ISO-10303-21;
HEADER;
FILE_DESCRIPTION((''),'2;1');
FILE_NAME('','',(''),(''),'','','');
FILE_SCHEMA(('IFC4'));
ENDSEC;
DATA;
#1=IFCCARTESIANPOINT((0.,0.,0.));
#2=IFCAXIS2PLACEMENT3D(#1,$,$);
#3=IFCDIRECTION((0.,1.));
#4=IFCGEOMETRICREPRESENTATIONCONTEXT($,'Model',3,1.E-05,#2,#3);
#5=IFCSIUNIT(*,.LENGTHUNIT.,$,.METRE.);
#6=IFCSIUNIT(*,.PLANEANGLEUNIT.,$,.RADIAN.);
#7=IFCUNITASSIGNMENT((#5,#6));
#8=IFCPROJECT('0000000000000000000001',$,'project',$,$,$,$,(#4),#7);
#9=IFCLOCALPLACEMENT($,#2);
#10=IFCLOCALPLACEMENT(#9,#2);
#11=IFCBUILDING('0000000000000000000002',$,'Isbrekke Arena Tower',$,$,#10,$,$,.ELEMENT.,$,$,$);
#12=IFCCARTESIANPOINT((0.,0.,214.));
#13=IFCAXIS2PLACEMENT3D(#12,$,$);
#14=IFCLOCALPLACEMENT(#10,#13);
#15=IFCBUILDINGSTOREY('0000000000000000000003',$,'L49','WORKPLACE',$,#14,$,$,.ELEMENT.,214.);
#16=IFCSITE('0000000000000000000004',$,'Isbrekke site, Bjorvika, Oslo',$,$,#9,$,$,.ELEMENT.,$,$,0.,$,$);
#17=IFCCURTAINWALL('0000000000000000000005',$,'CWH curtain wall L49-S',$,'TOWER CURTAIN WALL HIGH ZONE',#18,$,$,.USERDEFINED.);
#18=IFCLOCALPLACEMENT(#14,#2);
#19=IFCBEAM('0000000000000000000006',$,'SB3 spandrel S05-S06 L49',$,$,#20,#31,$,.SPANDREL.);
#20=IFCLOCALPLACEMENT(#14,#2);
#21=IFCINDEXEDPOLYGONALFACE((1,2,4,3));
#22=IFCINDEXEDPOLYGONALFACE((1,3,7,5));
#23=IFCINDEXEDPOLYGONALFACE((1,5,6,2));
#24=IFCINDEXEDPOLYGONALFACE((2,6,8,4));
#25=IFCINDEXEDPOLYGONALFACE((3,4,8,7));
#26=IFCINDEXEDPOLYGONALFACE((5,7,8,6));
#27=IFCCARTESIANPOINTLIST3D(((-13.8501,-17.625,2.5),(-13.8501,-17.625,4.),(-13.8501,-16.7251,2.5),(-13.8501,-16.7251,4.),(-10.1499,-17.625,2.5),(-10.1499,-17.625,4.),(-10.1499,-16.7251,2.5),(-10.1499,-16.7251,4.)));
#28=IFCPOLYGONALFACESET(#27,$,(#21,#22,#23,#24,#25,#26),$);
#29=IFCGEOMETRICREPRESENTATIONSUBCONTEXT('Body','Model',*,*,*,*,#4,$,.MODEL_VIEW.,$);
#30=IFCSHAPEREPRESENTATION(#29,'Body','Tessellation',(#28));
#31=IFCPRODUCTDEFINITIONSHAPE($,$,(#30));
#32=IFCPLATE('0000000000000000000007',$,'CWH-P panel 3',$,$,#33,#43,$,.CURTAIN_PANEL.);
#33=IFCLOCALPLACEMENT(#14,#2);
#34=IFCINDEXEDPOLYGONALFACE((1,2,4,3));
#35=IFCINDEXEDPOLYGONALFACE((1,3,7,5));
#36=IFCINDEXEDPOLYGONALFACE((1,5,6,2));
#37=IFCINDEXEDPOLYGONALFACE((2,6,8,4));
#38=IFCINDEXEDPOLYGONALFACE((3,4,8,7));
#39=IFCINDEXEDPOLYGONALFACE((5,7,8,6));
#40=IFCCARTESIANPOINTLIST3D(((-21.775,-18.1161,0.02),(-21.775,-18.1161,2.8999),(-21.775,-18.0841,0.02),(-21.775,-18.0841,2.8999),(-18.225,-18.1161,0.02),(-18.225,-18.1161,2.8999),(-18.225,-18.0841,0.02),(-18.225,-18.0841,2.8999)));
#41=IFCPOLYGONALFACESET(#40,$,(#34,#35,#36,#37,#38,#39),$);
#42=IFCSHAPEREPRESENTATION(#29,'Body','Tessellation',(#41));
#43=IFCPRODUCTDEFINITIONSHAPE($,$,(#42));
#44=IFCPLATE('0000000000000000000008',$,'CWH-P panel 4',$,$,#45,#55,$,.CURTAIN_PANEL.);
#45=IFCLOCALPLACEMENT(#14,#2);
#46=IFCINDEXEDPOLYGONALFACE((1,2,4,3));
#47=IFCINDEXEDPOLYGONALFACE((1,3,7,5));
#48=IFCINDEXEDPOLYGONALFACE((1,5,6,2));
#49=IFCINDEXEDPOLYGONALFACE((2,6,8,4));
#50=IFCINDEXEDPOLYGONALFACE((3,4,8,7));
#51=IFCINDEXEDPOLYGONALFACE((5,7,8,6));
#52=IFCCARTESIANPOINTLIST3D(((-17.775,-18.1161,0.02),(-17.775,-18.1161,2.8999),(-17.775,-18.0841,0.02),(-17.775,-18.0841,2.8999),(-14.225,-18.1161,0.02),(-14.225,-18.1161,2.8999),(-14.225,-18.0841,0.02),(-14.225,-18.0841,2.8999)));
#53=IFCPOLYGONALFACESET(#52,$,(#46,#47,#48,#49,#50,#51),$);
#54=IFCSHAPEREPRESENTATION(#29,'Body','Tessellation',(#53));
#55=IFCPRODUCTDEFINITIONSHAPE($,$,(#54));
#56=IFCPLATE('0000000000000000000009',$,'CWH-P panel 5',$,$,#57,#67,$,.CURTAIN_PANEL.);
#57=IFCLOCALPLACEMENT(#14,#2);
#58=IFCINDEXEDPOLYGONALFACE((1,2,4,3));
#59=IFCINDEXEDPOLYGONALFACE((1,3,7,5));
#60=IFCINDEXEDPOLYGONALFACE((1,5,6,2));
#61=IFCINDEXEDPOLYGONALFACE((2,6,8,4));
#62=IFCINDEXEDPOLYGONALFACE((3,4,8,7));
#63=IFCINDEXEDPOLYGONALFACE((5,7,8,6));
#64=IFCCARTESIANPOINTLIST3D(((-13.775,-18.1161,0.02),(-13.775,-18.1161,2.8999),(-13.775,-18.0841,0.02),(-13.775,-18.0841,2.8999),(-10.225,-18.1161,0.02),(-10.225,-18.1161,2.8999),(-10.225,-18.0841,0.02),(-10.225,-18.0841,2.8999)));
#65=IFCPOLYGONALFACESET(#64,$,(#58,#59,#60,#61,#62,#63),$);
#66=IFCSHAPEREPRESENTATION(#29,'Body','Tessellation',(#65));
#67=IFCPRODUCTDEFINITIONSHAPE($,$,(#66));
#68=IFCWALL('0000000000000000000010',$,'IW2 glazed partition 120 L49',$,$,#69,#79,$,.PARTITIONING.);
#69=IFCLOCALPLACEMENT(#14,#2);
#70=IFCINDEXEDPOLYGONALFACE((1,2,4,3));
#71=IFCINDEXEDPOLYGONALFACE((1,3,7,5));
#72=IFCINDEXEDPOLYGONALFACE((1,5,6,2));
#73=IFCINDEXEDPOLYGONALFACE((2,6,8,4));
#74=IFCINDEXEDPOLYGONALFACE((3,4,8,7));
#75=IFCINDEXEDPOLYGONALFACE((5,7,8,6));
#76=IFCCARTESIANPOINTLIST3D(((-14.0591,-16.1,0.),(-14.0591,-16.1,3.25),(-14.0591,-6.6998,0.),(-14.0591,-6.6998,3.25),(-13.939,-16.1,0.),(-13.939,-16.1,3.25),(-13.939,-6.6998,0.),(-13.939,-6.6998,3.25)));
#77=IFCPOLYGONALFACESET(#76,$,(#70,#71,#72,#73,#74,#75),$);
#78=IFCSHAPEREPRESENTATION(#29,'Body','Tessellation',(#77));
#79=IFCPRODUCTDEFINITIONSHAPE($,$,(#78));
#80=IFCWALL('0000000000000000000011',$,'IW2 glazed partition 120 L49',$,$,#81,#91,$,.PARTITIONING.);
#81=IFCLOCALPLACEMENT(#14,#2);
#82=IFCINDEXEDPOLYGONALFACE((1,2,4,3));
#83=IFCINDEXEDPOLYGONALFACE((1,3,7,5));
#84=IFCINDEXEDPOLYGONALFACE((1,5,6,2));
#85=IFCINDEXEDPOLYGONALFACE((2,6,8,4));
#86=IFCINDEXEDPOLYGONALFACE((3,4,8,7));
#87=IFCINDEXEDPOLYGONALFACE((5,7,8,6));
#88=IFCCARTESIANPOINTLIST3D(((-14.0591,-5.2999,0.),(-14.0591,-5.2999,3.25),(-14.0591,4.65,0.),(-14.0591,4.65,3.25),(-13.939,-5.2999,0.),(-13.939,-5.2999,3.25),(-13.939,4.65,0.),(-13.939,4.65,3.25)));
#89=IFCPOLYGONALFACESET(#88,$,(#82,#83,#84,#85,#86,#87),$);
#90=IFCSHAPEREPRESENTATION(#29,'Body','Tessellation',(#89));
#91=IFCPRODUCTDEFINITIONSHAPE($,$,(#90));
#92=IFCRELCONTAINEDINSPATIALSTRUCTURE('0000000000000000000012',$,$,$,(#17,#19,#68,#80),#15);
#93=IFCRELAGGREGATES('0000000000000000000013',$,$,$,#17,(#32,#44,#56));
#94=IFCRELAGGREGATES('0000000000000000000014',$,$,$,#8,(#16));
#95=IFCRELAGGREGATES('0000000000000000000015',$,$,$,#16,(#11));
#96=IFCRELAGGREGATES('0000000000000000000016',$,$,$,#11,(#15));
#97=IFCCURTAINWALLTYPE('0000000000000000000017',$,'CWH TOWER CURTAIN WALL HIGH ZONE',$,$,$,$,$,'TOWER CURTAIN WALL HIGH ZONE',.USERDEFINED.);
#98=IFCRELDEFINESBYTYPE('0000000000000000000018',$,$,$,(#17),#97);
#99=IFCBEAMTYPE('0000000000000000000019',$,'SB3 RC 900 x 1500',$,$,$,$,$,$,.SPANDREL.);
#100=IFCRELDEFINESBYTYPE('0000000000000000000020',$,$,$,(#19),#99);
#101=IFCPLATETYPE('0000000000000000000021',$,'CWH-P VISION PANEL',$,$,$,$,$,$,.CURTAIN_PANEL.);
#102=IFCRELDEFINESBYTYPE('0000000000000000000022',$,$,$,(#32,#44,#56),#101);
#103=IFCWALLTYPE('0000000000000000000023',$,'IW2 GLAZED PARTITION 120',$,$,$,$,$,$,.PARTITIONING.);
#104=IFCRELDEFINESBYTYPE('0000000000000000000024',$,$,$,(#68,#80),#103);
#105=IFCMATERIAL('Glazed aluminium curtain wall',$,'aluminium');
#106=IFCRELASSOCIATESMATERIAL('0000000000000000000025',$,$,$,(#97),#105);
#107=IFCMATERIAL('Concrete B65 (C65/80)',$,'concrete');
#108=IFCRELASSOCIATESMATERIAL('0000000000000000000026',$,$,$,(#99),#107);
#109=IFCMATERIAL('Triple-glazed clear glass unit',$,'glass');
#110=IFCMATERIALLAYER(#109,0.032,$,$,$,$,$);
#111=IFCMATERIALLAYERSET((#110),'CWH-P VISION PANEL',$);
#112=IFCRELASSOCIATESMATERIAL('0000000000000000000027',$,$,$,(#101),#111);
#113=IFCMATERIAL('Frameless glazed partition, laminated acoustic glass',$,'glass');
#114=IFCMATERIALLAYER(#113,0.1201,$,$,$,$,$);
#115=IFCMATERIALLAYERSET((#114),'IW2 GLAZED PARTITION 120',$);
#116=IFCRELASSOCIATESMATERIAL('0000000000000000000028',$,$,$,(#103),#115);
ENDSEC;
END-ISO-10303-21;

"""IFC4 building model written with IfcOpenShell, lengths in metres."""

from ifc_helpers import new_model, si_unit, direction, frame, frame_2d, origin, origin_2d, place, context, subcontext, project, spatial, rectangle, extrude, material, layer, layer_set, material_profile, profile_set, type_object, element, aggregate, save


model = new_model("IFC4")

# Units and contexts
model_context = context("Model", 3, precision=1e-05, world=origin(), true_north=direction((0.0, 1.0)))
body_context = subcontext(model_context, "Body", "Model", "MODEL_VIEW")
ifc_project = project(units=[si_unit("LENGTHUNIT", "METRE"), si_unit("PLANEANGLEUNIT", "RADIAN")], contexts=[model_context])

# Site, building, storey
site_placement = place(None, origin())
site = spatial("IfcSite", under=ifc_project, at=site_placement, Name="Isbrekke site, Bjorvika, Oslo", CompositionType="ELEMENT", RefElevation=0.0)
building_placement = place(site_placement, origin())
building = spatial("IfcBuilding", under=site, at=building_placement, Name="Isbrekke Arena Tower", CompositionType="ELEMENT")
storey_placement = place(building_placement, frame((0.0, 0.0, 214.0)))
storey = spatial("IfcBuildingStorey", under=building, at=storey_placement, Name="L49", Description="WORKPLACE", CompositionType="ELEMENT", Elevation=214.0)

# Curtain wall
ifc_material_1 = material(Name="Glazed aluminium curtain wall", Category="aluminium")
curtain_wall_type = type_object("IfcCurtainWallType", Name="CWH TOWER CURTAIN WALL HIGH ZONE", ElementType="TOWER CURTAIN WALL HIGH ZONE", PredefinedType="USERDEFINED", material=ifc_material_1)
curtain_wall_placement = place(storey_placement, origin())
curtain_wall = element("IfcCurtainWall", 1, at=curtain_wall_placement, inside=storey, type_object=curtain_wall_type, Name="CWH curtain wall L49-S", ObjectType="TOWER CURTAIN WALL HIGH ZONE", PredefinedType="USERDEFINED")

# Beam
ifc_material_2 = material(Name="Concrete B65 (C65/80)", Category="concrete")
ifc_material_profile_1 = material_profile(ifc_material_2, rectangle(XDim=0.8999, YDim=1.5, at=origin_2d()), Name="RC 900x1500")
ifc_profile_set_1 = profile_set([ifc_material_profile_1], Name="Concrete B65 (C65/80)")
beam_type_1 = type_object("IfcBeamType", Name="SB3 RC 900 x 1500", PredefinedType="SPANDREL", material=ifc_profile_set_1)
for number, where, z_axis, x_axis, name in (
    (2, (-13.8501, -17.175, 3.25), (1.0, 0.0, 0.0), (0.0, 1.0, 0.0), "SB3 spandrel S05-S06 L49"),
):
    element("IfcBeam", number, at=place(storey_placement, frame(where, z_axis=z_axis, x_axis=x_axis)), inside=storey, type_object=beam_type_1, Name=name, PredefinedType="SPANDREL", context=body_context, shape_type="SweptSolid", body=[
        extrude(rectangle(XDim=0.8999, YDim=1.5, at=origin_2d()), origin(), (0.0, 0.0, 1.0), 3.7002),
    ])

# Plates
ifc_material_3 = material(Name="Triple-glazed clear glass unit", Category="glass")
ifc_layer_1 = layer(ifc_material_3, 0.032)
ifc_layer_set_1 = layer_set([ifc_layer_1], Name="CWH-P VISION PANEL")
plate_type = type_object("IfcPlateType", Name="CWH-P VISION PANEL", PredefinedType="CURTAIN_PANEL", material=ifc_layer_set_1)
plate_1_placement = place(storey_placement, frame((-20.0, -18.1001, 0.02), z_axis=(0.0, 0.0, 1.0), x_axis=(1.0, 0.0, 0.0)))
plate_1 = element("IfcPlate", 3, at=plate_1_placement, type_object=plate_type, Name="CWH-P panel 3", PredefinedType="CURTAIN_PANEL", context=body_context, shape_type="SweptSolid", body=[
    extrude(rectangle(XDim=3.55, YDim=0.032, at=origin_2d()), origin(), (0.0, 0.0, 1.0), 2.8799),
])
plate_2_placement = place(storey_placement, frame((-16.0, -18.1001, 0.02), z_axis=(0.0, 0.0, 1.0), x_axis=(1.0, 0.0, 0.0)))
plate_2 = element("IfcPlate", 4, at=plate_2_placement, type_object=plate_type, Name="CWH-P panel 4", PredefinedType="CURTAIN_PANEL", context=body_context, shape_type="SweptSolid", body=[
    extrude(rectangle(XDim=3.55, YDim=0.032, at=origin_2d()), origin(), (0.0, 0.0, 1.0), 2.8799),
])
plate_3_placement = place(storey_placement, frame((-12.0, -18.1001, 0.02), z_axis=(0.0, 0.0, 1.0), x_axis=(1.0, 0.0, 0.0)))
plate_3 = element("IfcPlate", 5, at=plate_3_placement, type_object=plate_type, Name="CWH-P panel 5", PredefinedType="CURTAIN_PANEL", context=body_context, shape_type="SweptSolid", body=[
    extrude(rectangle(XDim=3.55, YDim=0.032, at=origin_2d()), origin(), (0.0, 0.0, 1.0), 2.8799),
])
aggregate(curtain_wall, [plate_1, plate_2, plate_3])

# Shared definitions
ifc_material_4 = material(Name="Frameless glazed partition, laminated acoustic glass", Category="glass")
ifc_layer_2 = layer(ifc_material_4, 0.1201)
ifc_layer_set_2 = layer_set([ifc_layer_2], Name="IW2 GLAZED PARTITION 120")
wall_type = type_object("IfcWallType", Name="IW2 GLAZED PARTITION 120", PredefinedType="PARTITIONING", material=ifc_layer_set_2)

# Walls
wall_1_placement = place(storey_placement, frame((-13.999, -16.1001, 0.0), z_axis=(0.0, 0.0, 1.0), x_axis=(0.0, 1.0, 0.0)))
element("IfcWall", 6, at=wall_1_placement, inside=storey, type_object=wall_type, Name="IW2 glazed partition 120 L49", PredefinedType="PARTITIONING", context=body_context, shape_type="SweptSolid", body=[
    extrude(rectangle(XDim=9.4001, YDim=0.1201, at=frame_2d((4.7002, 0.0))), origin(), (0.0, 0.0, 1.0), 3.25),
])
wall_2_placement = place(storey_placement, frame((-13.999, -5.3, 0.0), z_axis=(0.0, 0.0, 1.0), x_axis=(0.0, 1.0, 0.0)))
element("IfcWall", 7, at=wall_2_placement, inside=storey, type_object=wall_type, Name="IW2 glazed partition 120 L49", PredefinedType="PARTITIONING", context=body_context, shape_type="SweptSolid", body=[
    extrude(rectangle(XDim=9.95, YDim=0.1201, at=frame_2d((4.9751, 0.0))), origin(), (0.0, 0.0, 1.0), 3.25),
])

save(model, "model.ifc")
